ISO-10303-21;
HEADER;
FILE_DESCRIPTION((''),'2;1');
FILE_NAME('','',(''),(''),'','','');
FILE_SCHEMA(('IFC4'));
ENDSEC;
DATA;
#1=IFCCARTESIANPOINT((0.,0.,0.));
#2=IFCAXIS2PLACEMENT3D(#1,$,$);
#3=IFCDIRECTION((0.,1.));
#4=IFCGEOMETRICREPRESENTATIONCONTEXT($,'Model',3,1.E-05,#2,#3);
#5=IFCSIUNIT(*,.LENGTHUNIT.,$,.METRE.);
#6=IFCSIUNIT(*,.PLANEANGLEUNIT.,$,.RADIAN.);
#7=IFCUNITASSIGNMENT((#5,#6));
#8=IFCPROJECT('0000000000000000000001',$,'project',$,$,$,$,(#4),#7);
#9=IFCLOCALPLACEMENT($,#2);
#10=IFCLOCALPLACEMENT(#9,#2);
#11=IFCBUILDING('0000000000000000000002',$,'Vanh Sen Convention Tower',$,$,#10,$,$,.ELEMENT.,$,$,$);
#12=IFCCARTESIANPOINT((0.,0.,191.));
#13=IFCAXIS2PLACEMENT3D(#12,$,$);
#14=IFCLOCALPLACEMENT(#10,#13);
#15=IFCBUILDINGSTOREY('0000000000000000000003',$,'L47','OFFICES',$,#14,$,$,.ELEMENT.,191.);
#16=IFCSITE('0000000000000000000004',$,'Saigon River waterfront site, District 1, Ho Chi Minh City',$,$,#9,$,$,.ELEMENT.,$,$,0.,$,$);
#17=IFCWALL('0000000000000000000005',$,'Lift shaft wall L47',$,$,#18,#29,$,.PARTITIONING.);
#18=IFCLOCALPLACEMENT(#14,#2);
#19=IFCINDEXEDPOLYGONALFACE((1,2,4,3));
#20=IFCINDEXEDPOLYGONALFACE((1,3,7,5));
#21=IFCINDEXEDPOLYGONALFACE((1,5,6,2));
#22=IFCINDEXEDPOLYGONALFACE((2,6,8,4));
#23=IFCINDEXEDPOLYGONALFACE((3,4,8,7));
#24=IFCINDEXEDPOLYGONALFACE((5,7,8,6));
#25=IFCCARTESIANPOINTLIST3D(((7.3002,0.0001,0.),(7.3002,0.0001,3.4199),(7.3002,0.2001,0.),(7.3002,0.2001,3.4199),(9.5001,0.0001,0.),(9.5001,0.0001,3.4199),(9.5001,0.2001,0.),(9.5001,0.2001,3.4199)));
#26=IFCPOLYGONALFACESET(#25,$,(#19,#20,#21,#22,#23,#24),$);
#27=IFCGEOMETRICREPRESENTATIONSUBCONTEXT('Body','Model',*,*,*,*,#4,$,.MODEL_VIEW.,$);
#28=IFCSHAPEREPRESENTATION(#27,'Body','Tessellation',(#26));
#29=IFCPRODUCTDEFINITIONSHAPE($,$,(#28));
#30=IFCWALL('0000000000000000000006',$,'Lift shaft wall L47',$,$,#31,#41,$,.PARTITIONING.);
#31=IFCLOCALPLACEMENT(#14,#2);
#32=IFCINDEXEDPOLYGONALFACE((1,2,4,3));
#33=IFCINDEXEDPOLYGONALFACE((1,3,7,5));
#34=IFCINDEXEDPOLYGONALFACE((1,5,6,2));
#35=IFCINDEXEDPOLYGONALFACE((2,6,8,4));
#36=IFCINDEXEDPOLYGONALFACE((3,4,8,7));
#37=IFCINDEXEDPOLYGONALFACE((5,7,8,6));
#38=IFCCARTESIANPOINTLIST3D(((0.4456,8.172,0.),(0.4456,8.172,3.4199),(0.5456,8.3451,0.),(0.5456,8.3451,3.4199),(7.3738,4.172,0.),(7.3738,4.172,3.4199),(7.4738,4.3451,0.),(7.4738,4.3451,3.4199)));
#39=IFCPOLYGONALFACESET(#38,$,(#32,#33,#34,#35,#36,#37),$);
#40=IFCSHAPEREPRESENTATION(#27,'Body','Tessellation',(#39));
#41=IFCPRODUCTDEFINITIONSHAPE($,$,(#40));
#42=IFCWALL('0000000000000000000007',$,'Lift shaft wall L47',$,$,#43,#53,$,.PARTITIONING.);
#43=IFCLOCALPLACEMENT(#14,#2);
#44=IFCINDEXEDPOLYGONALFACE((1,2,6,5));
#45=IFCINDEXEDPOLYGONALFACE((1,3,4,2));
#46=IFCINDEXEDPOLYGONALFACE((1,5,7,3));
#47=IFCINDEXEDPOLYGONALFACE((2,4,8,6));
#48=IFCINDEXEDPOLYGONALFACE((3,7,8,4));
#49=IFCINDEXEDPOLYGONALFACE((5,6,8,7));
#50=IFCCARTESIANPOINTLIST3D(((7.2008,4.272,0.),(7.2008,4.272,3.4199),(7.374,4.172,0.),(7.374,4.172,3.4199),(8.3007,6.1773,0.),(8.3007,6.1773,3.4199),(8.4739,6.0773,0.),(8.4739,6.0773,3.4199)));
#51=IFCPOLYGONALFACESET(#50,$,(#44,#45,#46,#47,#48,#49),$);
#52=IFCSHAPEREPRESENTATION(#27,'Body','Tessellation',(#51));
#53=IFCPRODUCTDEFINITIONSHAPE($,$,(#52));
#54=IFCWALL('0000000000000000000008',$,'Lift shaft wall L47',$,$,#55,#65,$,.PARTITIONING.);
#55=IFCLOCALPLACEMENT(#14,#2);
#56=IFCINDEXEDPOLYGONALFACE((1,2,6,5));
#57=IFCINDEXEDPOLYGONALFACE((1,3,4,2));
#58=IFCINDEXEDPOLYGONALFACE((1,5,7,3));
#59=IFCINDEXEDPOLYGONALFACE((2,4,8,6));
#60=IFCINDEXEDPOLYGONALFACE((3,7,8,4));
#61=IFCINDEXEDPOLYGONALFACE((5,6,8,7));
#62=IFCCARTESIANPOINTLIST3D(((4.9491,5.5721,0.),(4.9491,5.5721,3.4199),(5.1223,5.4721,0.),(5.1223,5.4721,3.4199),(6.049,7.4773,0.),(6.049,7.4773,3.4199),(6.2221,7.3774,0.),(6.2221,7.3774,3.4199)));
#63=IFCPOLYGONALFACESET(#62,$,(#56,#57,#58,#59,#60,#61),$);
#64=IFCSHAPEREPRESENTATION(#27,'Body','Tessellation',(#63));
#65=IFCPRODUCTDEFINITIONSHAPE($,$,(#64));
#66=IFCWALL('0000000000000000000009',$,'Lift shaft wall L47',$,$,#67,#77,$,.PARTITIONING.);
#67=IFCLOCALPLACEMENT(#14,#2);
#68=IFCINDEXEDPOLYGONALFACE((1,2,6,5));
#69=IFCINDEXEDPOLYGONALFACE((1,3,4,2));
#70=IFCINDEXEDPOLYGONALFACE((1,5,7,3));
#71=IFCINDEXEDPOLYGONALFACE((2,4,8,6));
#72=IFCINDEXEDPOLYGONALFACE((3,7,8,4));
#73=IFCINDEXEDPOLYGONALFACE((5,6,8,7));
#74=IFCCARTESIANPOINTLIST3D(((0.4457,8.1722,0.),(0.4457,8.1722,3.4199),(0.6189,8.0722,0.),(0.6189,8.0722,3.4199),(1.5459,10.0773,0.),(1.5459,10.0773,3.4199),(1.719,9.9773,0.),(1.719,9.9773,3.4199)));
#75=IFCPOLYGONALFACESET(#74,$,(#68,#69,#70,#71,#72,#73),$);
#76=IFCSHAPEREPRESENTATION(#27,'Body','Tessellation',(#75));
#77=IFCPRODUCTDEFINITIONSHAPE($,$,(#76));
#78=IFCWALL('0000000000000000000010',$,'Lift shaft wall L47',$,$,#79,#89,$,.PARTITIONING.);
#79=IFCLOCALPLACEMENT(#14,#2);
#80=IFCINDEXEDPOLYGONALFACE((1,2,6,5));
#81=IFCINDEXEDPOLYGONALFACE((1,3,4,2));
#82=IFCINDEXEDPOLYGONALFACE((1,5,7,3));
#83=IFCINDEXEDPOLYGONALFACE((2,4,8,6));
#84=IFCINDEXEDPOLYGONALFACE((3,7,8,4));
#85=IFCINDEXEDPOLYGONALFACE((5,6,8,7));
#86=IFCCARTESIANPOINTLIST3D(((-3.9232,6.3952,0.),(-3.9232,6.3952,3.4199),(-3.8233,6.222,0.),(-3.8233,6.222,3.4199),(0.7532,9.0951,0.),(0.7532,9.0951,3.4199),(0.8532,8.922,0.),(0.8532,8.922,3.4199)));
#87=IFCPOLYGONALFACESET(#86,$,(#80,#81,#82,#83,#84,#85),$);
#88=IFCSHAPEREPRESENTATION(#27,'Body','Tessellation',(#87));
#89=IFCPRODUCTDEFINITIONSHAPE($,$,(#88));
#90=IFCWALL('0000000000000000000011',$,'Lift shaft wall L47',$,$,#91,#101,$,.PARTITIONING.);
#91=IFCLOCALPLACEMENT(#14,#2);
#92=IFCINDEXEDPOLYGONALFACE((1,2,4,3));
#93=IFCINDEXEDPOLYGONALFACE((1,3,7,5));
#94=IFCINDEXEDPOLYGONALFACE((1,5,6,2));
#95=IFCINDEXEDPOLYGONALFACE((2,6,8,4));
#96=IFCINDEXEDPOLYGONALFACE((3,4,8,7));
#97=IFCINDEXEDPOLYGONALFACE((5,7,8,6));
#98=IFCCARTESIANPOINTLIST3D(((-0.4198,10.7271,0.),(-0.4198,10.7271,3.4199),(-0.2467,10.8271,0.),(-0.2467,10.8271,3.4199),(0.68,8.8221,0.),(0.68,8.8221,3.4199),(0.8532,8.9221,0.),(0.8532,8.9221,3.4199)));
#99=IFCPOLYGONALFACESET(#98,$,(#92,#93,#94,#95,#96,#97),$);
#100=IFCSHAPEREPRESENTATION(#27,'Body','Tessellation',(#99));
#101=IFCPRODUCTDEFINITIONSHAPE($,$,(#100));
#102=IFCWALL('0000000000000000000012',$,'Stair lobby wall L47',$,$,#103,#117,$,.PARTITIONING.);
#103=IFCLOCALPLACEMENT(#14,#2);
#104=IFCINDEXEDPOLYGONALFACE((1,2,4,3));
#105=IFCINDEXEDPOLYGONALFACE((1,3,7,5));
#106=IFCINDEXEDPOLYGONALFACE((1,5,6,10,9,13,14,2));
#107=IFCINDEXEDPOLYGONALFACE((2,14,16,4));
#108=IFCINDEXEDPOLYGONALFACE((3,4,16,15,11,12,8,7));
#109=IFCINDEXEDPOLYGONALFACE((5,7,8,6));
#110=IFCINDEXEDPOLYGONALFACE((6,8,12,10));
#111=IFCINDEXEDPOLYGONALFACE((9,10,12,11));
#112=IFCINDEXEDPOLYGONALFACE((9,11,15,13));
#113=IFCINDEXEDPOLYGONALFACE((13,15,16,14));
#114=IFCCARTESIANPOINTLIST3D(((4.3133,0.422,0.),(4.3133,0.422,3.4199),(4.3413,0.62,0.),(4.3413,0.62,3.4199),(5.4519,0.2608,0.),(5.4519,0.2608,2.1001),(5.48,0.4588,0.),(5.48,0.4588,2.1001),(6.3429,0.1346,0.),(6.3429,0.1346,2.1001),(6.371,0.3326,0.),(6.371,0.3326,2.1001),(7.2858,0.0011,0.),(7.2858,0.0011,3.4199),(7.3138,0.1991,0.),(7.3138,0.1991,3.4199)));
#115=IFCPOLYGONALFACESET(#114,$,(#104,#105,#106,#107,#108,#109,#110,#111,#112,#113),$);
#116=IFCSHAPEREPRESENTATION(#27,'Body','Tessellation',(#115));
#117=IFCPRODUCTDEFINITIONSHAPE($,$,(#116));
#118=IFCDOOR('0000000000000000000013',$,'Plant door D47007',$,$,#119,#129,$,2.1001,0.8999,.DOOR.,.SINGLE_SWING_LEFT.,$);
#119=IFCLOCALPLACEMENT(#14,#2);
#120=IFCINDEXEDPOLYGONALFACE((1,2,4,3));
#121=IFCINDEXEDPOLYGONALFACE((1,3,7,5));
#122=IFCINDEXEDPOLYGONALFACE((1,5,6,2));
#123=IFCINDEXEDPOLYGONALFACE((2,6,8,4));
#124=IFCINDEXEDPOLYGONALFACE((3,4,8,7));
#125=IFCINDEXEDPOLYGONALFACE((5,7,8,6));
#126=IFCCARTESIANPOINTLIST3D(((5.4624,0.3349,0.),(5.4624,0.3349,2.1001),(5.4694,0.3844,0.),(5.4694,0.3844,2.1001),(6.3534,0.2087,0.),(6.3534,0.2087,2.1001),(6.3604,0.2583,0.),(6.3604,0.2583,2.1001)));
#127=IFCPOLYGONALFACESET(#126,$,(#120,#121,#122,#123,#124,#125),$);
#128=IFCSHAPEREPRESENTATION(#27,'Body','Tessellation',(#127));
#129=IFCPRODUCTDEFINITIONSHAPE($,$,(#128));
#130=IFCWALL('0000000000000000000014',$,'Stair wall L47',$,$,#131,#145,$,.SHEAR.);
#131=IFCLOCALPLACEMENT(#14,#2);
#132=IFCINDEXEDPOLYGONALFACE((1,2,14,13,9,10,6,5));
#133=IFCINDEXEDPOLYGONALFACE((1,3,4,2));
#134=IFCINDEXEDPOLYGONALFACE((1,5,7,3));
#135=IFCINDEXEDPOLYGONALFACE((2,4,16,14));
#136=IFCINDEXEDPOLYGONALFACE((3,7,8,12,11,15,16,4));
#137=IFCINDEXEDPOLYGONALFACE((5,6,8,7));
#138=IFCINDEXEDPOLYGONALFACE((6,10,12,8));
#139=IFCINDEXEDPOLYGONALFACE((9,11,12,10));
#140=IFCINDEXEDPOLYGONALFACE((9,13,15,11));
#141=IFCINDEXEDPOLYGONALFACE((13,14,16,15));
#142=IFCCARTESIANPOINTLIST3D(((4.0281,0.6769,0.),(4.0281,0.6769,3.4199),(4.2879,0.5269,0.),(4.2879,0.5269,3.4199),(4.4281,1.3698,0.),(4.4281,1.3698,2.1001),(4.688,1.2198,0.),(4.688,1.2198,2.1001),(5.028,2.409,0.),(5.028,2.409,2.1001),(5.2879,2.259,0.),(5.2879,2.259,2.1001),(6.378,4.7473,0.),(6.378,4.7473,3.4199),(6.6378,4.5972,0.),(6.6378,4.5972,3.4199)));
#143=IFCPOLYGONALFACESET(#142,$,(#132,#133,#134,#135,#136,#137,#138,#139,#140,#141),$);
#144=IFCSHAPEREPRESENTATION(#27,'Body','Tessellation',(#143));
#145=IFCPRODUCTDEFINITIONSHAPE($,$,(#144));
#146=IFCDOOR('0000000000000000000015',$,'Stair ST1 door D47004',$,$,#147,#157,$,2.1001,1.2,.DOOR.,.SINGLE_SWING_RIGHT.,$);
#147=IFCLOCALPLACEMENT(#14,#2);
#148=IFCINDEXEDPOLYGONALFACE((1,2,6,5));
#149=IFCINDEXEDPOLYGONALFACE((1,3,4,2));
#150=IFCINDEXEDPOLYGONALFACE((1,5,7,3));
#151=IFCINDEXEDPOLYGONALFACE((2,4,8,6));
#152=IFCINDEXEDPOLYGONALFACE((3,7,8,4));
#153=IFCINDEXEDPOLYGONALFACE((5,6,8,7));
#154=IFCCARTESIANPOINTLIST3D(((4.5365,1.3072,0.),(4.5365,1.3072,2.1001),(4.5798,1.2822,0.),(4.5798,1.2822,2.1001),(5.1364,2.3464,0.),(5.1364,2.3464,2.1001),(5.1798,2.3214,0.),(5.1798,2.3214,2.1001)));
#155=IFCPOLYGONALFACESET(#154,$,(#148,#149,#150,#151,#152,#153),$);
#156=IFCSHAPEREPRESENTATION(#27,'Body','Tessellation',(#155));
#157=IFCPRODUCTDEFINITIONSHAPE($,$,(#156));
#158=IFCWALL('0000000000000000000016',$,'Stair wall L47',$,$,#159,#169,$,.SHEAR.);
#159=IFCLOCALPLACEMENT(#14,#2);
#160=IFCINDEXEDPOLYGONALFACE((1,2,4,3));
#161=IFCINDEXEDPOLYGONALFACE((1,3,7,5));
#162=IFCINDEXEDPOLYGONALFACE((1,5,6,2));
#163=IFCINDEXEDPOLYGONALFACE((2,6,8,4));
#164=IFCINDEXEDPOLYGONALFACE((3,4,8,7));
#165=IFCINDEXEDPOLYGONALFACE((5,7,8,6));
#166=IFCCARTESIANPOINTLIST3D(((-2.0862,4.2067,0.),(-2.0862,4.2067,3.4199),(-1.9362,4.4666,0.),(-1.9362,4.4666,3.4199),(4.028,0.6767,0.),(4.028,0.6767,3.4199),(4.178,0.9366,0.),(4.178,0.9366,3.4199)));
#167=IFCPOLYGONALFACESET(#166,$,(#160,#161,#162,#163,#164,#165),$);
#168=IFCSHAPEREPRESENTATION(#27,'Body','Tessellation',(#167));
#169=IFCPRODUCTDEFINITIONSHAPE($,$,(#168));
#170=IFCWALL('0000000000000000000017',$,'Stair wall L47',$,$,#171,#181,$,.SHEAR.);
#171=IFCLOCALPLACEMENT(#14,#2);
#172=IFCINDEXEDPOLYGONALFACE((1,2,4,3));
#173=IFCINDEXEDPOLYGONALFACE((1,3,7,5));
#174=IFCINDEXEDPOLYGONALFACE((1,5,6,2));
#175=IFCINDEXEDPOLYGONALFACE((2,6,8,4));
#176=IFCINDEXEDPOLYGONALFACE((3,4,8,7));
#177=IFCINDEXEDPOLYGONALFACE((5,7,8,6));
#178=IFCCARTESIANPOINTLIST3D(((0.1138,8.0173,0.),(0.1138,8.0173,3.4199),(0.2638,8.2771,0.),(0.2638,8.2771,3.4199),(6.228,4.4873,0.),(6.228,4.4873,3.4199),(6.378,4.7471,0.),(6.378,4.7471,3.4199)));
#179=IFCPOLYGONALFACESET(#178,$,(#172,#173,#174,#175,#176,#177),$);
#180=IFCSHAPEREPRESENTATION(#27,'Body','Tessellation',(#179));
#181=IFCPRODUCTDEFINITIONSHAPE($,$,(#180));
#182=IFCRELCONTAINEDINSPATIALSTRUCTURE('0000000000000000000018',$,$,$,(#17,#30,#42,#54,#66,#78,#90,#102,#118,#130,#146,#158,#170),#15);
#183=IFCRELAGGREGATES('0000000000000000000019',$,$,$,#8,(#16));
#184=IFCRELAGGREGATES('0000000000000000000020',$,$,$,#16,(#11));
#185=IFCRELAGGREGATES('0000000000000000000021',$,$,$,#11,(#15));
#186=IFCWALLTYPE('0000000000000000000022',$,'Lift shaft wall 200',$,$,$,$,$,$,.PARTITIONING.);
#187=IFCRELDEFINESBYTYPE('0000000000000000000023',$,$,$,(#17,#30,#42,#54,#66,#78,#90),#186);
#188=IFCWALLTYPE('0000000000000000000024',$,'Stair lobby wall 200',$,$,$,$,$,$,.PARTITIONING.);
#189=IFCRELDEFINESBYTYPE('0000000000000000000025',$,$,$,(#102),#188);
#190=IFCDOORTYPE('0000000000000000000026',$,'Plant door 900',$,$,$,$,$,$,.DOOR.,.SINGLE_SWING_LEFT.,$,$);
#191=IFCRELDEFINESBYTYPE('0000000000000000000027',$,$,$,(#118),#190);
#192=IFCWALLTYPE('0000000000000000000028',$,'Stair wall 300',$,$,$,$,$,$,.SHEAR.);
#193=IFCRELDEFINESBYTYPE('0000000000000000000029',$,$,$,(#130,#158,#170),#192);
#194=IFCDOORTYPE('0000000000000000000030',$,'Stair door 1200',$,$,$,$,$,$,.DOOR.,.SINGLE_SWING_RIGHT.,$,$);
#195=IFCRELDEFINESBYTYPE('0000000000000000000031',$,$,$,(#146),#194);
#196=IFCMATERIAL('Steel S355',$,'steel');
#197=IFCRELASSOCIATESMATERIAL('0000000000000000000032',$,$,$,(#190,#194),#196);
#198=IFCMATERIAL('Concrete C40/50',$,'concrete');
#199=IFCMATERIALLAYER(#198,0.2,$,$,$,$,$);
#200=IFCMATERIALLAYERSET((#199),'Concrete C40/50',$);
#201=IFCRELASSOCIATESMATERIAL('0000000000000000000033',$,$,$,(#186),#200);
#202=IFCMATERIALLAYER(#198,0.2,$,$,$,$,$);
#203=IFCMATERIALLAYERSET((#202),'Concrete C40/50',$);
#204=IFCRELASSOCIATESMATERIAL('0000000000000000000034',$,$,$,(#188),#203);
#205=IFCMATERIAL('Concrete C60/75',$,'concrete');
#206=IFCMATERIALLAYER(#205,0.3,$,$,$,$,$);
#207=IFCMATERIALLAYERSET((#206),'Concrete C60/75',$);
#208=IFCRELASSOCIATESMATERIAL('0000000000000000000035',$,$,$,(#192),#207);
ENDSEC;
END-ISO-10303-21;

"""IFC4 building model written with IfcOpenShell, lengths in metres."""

from ifc_helpers import new_model, si_unit, direction, frame, frame_2d, origin, place, context, subcontext, project, spatial, rectangle, extrude, material, layer, layer_set, type_object, element, fill, save


model = new_model("IFC4")

# Units and contexts
model_context = context("Model", 3, precision=1e-05, world=origin(), true_north=direction((0.0, 1.0)))
body_context = subcontext(model_context, "Body", "Model", "MODEL_VIEW")
ifc_project = project(units=[si_unit("LENGTHUNIT", "METRE"), si_unit("PLANEANGLEUNIT", "RADIAN")], contexts=[model_context])

# Site, building, storey
site_placement = place(None, origin())
site = spatial("IfcSite", under=ifc_project, at=site_placement, Name="Saigon River waterfront site, District 1, Ho Chi Minh City", CompositionType="ELEMENT", RefElevation=0.0)
building_placement = place(site_placement, origin())
building = spatial("IfcBuilding", under=site, at=building_placement, Name="Vanh Sen Convention Tower", CompositionType="ELEMENT")
storey_placement = place(building_placement, frame((0.0, 0.0, 191.0)))
storey = spatial("IfcBuildingStorey", under=building, at=storey_placement, Name="L47", Description="OFFICES", CompositionType="ELEMENT", Elevation=191.0)

# Shared definitions
ifc_material_1 = material(Name="Concrete C40/50", Category="concrete")

# Shared definitions
ifc_material_2 = material(Name="Steel S355", Category="steel")
door_type_1 = type_object("IfcDoorType", Name="Plant door 900", OperationType="SINGLE_SWING_LEFT", PredefinedType="DOOR", material=ifc_material_2)

# Shared definitions
ifc_material_3 = material(Name="Concrete C60/75", Category="concrete")

# Walls
ifc_layer_1 = layer(ifc_material_1, 0.2)
ifc_layer_set_1 = layer_set([ifc_layer_1], Name="Concrete C40/50")
wall_type_1 = type_object("IfcWallType", Name="Lift shaft wall 200", PredefinedType="PARTITIONING", material=ifc_layer_set_1)
wall_1_placement = place(storey_placement, frame((7.3, 0.1001, 0.0), z_axis=(0.0, 0.0, 1.0), x_axis=(1.0, 0.0, 0.0)))
element("IfcWall", 1, at=wall_1_placement, inside=storey, type_object=wall_type_1, Name="Lift shaft wall L47", PredefinedType="PARTITIONING", context=body_context, shape_type="SweptSolid", body=[
    extrude(rectangle(XDim=2.2, YDim=0.2, at=frame_2d((1.1001, 0.0))), origin(), (0.0, 0.0, 1.0), 3.4199),
])
wall_2_placement = place(storey_placement, frame((7.4238, 4.2585, 0.0), z_axis=(0.0, 0.0, 1.0), x_axis=(-0.866026, 0.499999, 0.0)))
element("IfcWall", 2, at=wall_2_placement, inside=storey, type_object=wall_type_1, Name="Lift shaft wall L47", PredefinedType="PARTITIONING", context=body_context, shape_type="SweptSolid", body=[
    extrude(rectangle(XDim=8.0, YDim=0.2, at=frame_2d((4.0, 0.0))), origin(), (0.0, 0.0, 1.0), 3.4199),
])
for number, where, z_axis, x_axis, name in (
    (3, (7.2874, 4.2219, 0.0), (0.0, 0.0, 1.0), (0.499947, 0.866056, 0.0), "Lift shaft wall L47"),
    (4, (5.0356, 5.522, 0.0), (0.0, 0.0, 1.0), (0.499947, 0.866056, 0.0), "Lift shaft wall L47"),
    (5, (0.5322, 8.1221, 0.0), (0.0, 0.0, 1.0), (0.500078, 0.86598, 0.0), "Lift shaft wall L47"),
):
    element("IfcWall", number, at=place(storey_placement, frame(where, z_axis=z_axis, x_axis=x_axis)), inside=storey, type_object=wall_type_1, Name=name, PredefinedType="PARTITIONING", context=body_context, shape_type="SweptSolid", body=[
        extrude(rectangle(XDim=2.2, YDim=0.2, at=frame_2d((1.1001, 0.0))), origin(), (0.0, 0.0, 1.0), 3.4199),
    ])
wall_3_placement = place(storey_placement, frame((0.8032, 9.0085, 0.0), z_axis=(0.0, 0.0, 1.0), x_axis=(-0.866028, -0.499995, 0.0)))
element("IfcWall", 6, at=wall_3_placement, inside=storey, type_object=wall_type_1, Name="Lift shaft wall L47", PredefinedType="PARTITIONING", context=body_context, shape_type="SweptSolid", body=[
    extrude(rectangle(XDim=5.3999, YDim=0.2, at=frame_2d((2.7, 0.0))), origin(), (0.0, 0.0, 1.0), 3.4199),
])
wall_4_placement = place(storey_placement, frame((0.7666, 8.8721, 0.0), z_axis=(0.0, 0.0, 1.0), x_axis=(-0.499995, 0.866028, 0.0)))
element("IfcWall", 7, at=wall_4_placement, inside=storey, type_object=wall_type_1, Name="Lift shaft wall L47", PredefinedType="PARTITIONING", context=body_context, shape_type="SweptSolid", body=[
    extrude(rectangle(XDim=2.1997, YDim=0.2, at=frame_2d((1.0999, 0.0))), origin(), (0.0, 0.0, 1.0), 3.4199),
])

# Walls, openings, doors
ifc_layer_2 = layer(ifc_material_1, 0.2)
ifc_layer_set_2 = layer_set([ifc_layer_2], Name="Concrete C40/50")
wall_type_2 = type_object("IfcWallType", Name="Stair lobby wall 200", PredefinedType="PARTITIONING", material=ifc_layer_set_2)
wall_5_placement = place(storey_placement, frame((4.3274, 0.521, 0.0), z_axis=(0.0, 0.0, 1.0), x_axis=(0.990124, -0.140192, 0.0)))
wall_5 = element("IfcWall", 8, at=wall_5_placement, inside=storey, type_object=wall_type_2, Name="Stair lobby wall L47", PredefinedType="PARTITIONING", context=body_context, shape_type="SweptSolid", body=[
    extrude(rectangle(XDim=3.0022, YDim=0.2, at=frame_2d((1.501, 0.0))), origin(), (0.0, 0.0, 1.0), 3.4199),
])
opening_1_placement = place(wall_5_placement, frame((1.1499, 0.0, 0.0)))
opening_1 = element("IfcOpeningElement", 9, at=opening_1_placement, cuts=wall_5, PredefinedType="OPENING", context=body_context, shape_type="SweptSolid", body=[
    extrude(rectangle(XDim=0.8999, YDim=2.1001, at=frame_2d((0.45, 1.05))), frame((0.0, 0.1099, 0.0), z_axis=(0.0, -1.0, 0.0), x_axis=(1.0, 0.0, 0.0)), (0.0, 0.0, 1.0), 0.22),
])
door_1_placement = place(opening_1_placement, origin())
door_1 = element("IfcDoor", 10, at=door_1_placement, inside=storey, type_object=door_type_1, Name="Plant door D47007", OperationType="SINGLE_SWING_LEFT", OverallHeight=2.1001, OverallWidth=0.8999, PredefinedType="DOOR", context=body_context, shape_type="SweptSolid", body=[
    extrude(rectangle(XDim=0.8999, YDim=2.1001, at=frame_2d((0.45, 1.05))), frame((0.0, 0.0249, 0.0), z_axis=(0.0, -1.0, 0.0), x_axis=(1.0, 0.0, 0.0)), (0.0, 0.0, 1.0), 0.05),
])
fill(opening_1, door_1)
ifc_layer_3 = layer(ifc_material_3, 0.3)
ifc_layer_set_3 = layer_set([ifc_layer_3], Name="Concrete C60/75")
wall_type_3 = type_object("IfcWallType", Name="Stair wall 300", PredefinedType="SHEAR", material=ifc_layer_set_3)
wall_6_placement = place(storey_placement, frame((4.158, 0.6018, 0.0), z_axis=(0.0, 0.0, 1.0), x_axis=(0.499977, 0.866039, 0.0)))
wall_6 = element("IfcWall", 11, at=wall_6_placement, inside=storey, type_object=wall_type_3, Name="Stair wall L47", PredefinedType="SHEAR", context=body_context, shape_type="SweptSolid", body=[
    extrude(rectangle(XDim=4.7, YDim=0.3, at=frame_2d((2.3501, 0.0))), origin(), (0.0, 0.0, 1.0), 3.4199),
])
opening_2_placement = place(wall_6_placement, frame((0.8, 0.0, 0.0)))
opening_2 = element("IfcOpeningElement", 12, at=opening_2_placement, cuts=wall_6, PredefinedType="OPENING", context=body_context, shape_type="SweptSolid", body=[
    extrude(rectangle(XDim=1.2, YDim=2.1001, at=frame_2d((0.6001, 1.05))), frame((0.0, 0.1599, 0.0), z_axis=(0.0, -1.0, 0.0), x_axis=(1.0, 0.0, 0.0)), (0.0, 0.0, 1.0), 0.3201),
])
door_type_2 = type_object("IfcDoorType", Name="Stair door 1200", OperationType="SINGLE_SWING_RIGHT", PredefinedType="DOOR", material=ifc_material_2)
door_2_placement = place(opening_2_placement, origin())
door_2 = element("IfcDoor", 13, at=door_2_placement, inside=storey, type_object=door_type_2, Name="Stair ST1 door D47004", OperationType="SINGLE_SWING_RIGHT", OverallHeight=2.1001, OverallWidth=1.2, PredefinedType="DOOR", context=body_context, shape_type="SweptSolid", body=[
    extrude(rectangle(XDim=1.2, YDim=2.1001, at=frame_2d((0.6001, 1.05))), frame((0.0, 0.0249, 0.0), z_axis=(0.0, -1.0, 0.0), x_axis=(1.0, 0.0, 0.0)), (0.0, 0.0, 1.0), 0.05),
])
fill(opening_2, door_2)

# Walls
for number, where, z_axis, x_axis, name in (
    (14, (4.103, 0.8066, 0.0), (0.0, 0.0, 1.0), (-0.866028, 0.499996, 0.0), "Stair wall L47"),
    (15, (6.303, 4.6172, 0.0), (0.0, 0.0, 1.0), (-0.866028, 0.499996, 0.0), "Stair wall L47"),
):
    element("IfcWall", number, at=place(storey_placement, frame(where, z_axis=z_axis, x_axis=x_axis)), inside=storey, type_object=wall_type_3, Name=name, PredefinedType="SHEAR", context=body_context, shape_type="SweptSolid", body=[
        extrude(rectangle(XDim=7.0601, YDim=0.3, at=frame_2d((3.53, 0.0))), origin(), (0.0, 0.0, 1.0), 3.4199),
    ])

save(model, "model.ifc")
